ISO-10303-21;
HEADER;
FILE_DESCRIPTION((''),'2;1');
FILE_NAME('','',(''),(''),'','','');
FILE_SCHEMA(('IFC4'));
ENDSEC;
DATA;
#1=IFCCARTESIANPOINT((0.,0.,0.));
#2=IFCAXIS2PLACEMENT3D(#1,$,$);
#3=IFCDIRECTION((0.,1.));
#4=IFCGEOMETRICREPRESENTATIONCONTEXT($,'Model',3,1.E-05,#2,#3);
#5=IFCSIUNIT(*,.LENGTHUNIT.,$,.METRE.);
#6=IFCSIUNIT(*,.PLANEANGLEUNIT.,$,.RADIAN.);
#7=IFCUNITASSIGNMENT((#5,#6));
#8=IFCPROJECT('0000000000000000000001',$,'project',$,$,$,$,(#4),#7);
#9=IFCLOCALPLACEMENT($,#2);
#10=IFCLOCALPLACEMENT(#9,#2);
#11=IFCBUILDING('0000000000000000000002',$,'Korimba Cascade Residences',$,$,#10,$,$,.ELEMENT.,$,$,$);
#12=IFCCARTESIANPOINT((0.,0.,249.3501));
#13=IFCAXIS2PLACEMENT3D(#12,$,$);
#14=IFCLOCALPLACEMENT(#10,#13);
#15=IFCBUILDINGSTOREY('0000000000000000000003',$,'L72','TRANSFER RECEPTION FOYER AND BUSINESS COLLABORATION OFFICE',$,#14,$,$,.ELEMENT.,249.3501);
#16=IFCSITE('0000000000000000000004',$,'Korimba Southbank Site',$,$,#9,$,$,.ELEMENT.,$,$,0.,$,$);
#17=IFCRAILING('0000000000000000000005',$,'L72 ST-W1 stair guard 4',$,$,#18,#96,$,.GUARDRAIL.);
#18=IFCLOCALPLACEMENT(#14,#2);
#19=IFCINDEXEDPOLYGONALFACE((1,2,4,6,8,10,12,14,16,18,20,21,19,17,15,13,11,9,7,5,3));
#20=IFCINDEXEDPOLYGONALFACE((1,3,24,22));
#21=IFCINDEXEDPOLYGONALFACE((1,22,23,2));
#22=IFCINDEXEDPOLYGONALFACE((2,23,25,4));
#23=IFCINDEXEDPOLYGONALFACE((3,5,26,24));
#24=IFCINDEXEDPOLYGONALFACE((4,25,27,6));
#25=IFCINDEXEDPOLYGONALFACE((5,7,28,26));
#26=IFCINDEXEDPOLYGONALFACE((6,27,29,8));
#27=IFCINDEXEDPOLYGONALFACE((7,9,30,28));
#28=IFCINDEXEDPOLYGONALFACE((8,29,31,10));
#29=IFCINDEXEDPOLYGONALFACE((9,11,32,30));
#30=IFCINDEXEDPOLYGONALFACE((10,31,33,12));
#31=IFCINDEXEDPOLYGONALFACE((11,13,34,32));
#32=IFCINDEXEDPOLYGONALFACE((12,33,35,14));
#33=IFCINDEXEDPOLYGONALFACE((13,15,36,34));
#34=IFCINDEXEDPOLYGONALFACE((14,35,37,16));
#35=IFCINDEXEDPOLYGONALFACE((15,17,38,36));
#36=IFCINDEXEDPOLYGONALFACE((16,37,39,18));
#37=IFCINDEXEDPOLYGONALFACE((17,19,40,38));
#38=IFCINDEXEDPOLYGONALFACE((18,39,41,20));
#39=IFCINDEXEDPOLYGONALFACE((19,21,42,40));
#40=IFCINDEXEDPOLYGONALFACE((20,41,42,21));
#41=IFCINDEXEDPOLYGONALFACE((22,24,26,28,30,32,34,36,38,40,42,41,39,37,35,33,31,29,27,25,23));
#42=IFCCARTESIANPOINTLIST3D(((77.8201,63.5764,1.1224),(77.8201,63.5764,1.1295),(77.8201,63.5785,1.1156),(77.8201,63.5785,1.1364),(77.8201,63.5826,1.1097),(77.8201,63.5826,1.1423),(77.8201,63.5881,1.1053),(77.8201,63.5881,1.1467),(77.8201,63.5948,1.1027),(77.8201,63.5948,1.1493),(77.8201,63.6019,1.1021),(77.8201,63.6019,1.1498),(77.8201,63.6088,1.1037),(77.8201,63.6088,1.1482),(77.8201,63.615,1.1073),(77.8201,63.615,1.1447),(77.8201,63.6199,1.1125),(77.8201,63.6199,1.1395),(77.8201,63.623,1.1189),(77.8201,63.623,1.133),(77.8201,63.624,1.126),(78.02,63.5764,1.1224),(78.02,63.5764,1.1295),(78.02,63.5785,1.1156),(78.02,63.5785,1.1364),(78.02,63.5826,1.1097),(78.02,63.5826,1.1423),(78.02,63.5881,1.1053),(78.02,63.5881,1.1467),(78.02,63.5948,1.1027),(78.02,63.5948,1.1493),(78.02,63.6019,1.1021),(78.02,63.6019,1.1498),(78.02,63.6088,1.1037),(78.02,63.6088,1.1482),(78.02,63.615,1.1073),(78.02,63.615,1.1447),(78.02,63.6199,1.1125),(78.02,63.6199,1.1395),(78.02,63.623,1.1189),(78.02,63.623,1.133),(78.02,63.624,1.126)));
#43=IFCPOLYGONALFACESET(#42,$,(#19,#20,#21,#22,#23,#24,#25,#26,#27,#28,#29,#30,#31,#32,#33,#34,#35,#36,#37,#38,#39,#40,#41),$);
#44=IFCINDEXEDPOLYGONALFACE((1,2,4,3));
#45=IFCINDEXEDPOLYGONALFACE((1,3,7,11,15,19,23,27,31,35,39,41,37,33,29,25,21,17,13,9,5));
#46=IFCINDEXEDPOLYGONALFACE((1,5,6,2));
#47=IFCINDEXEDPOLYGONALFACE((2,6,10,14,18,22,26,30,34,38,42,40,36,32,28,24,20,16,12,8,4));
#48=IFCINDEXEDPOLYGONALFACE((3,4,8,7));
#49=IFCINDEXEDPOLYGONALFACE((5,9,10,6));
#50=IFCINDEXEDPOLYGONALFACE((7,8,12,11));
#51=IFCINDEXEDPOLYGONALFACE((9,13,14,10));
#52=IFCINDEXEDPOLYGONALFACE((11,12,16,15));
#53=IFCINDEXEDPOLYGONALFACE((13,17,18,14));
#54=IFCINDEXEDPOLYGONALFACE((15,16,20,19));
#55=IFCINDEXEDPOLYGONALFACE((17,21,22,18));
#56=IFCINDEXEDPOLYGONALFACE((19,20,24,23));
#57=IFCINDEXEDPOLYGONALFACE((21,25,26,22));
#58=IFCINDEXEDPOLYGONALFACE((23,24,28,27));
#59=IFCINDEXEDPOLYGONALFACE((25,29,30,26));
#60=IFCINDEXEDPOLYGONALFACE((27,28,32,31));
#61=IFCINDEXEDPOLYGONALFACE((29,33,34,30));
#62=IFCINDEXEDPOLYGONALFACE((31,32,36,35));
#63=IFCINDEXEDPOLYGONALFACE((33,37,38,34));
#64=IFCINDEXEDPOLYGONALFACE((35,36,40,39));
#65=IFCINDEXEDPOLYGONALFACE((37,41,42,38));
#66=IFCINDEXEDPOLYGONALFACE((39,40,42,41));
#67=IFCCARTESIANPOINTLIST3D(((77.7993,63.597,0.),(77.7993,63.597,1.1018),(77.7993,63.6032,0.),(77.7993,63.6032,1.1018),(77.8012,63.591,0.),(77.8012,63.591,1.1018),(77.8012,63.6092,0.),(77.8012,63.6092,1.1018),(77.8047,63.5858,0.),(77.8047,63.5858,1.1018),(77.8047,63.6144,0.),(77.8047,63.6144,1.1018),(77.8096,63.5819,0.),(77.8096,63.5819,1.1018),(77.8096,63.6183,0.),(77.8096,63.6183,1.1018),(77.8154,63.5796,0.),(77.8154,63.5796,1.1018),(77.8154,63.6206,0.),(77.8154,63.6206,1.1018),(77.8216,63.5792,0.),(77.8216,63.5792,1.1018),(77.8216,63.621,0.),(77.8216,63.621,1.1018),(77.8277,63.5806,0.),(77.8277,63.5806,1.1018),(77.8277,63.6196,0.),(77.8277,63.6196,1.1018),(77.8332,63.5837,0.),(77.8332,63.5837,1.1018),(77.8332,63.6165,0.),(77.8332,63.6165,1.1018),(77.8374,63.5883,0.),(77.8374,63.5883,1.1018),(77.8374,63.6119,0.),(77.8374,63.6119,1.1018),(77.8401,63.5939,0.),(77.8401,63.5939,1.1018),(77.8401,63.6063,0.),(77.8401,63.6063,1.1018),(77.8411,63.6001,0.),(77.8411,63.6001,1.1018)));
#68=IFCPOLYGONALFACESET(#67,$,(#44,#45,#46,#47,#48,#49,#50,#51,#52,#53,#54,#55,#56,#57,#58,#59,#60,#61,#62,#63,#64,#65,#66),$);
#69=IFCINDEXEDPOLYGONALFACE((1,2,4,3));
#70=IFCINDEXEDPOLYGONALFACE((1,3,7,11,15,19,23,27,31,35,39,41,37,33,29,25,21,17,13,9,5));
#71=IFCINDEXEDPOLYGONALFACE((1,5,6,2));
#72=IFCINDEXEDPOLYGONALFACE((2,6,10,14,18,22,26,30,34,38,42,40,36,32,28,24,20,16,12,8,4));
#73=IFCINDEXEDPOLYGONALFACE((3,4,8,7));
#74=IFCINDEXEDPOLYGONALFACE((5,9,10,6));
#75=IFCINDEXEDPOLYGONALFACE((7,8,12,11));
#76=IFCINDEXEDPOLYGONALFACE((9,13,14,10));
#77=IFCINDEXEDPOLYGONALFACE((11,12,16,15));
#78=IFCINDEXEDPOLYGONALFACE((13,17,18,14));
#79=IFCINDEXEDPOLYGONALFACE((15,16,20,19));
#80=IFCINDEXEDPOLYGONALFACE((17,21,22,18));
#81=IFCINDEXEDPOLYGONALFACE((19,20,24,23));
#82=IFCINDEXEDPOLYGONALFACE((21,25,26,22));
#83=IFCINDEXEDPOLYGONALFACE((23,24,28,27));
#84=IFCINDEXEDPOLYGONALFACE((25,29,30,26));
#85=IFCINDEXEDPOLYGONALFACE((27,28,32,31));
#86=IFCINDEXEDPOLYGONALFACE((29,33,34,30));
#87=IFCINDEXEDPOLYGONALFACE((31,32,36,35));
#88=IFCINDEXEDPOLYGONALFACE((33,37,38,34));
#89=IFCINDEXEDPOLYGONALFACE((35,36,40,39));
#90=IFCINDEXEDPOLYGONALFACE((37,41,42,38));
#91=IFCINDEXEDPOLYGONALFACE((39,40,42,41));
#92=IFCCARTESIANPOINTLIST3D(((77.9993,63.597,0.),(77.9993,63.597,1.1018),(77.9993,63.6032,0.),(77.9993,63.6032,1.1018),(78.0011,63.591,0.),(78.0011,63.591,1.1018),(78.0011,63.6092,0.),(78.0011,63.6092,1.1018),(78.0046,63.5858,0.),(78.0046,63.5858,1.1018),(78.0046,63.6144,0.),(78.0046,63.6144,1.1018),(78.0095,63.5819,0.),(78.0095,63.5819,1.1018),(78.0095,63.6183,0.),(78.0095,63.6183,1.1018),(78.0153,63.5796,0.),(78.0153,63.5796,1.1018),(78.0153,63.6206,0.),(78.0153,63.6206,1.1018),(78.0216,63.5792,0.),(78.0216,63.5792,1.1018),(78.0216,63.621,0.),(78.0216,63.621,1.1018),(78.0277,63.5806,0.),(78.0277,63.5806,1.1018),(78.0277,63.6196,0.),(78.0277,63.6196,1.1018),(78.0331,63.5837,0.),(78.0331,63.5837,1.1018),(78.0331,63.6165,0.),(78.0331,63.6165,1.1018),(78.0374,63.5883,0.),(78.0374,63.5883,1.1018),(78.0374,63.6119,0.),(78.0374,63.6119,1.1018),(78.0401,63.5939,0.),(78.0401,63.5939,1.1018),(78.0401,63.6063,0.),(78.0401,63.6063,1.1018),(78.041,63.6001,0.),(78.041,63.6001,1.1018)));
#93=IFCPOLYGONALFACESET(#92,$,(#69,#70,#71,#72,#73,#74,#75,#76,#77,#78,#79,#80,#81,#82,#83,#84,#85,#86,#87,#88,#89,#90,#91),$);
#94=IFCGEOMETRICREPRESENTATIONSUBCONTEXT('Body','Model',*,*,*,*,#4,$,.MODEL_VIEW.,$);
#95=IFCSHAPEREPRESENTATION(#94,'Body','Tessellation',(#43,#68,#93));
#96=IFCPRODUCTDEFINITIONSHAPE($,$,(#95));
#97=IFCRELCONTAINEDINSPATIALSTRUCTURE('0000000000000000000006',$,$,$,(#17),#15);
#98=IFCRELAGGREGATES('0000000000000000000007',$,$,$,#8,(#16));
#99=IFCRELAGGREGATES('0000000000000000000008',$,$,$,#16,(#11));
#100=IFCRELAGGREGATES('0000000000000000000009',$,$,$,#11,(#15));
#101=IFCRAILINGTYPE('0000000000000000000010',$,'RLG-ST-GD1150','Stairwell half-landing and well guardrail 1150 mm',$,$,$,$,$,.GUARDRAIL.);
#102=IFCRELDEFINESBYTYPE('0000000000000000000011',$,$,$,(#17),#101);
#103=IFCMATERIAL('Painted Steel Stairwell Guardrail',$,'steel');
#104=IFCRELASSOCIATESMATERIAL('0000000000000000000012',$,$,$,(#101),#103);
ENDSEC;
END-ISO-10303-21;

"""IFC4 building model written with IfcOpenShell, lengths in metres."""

from ifc_helpers import new_model, si_unit, direction, frame, origin, origin_2d, place, context, subcontext, project, spatial, circle, extrude, material, type_object, element, save


model = new_model("IFC4")

# Units and contexts
model_context = context("Model", 3, precision=1e-05, world=origin(), true_north=direction((0.0, 1.0)))
body_context = subcontext(model_context, "Body", "Model", "MODEL_VIEW")
ifc_project = project(units=[si_unit("LENGTHUNIT", "METRE"), si_unit("PLANEANGLEUNIT", "RADIAN")], contexts=[model_context])

# Site, building, storey
site_placement = place(None, origin())
site = spatial("IfcSite", under=ifc_project, at=site_placement, Name="Korimba Southbank Site", CompositionType="ELEMENT", RefElevation=0.0)
building_placement = place(site_placement, origin())
building = spatial("IfcBuilding", under=site, at=building_placement, Name="Korimba Cascade Residences", CompositionType="ELEMENT")
storey_placement = place(building_placement, frame((0.0, 0.0, 249.3501)))
storey = spatial("IfcBuildingStorey", under=building, at=storey_placement, Name="L72", Description="TRANSFER RECEPTION FOYER AND BUSINESS COLLABORATION OFFICE", CompositionType="ELEMENT", Elevation=249.3501)

# Railing
ifc_material_1 = material(Name="Painted Steel Stairwell Guardrail", Category="steel")
railing_type_1 = type_object("IfcRailingType", Name="RLG-ST-GD1150", Description="Stairwell half-landing and well guardrail 1150 mm", PredefinedType="GUARDRAIL", material=ifc_material_1)
railing_1_placement = place(storey_placement, frame((77.8201, 63.6001, 0.0)))
element("IfcRailing", 1, at=railing_1_placement, inside=storey, type_object=railing_type_1, Name="L72 ST-W1 stair guard 4", PredefinedType="GUARDRAIL", context=body_context, shape_type="SweptSolid", body=[
    extrude(circle(Radius=0.0239, at=origin_2d()), frame((0.0, 0.0, 1.126), z_axis=(1.0, 0.0, 0.0), x_axis=(0.0, 1.0, 0.0)), (0.0, 0.0, 1.0), 0.2),
    extrude(circle(Radius=0.021, at=origin_2d()), origin(), (0.0, 0.0, 1.0), 1.1018),
    extrude(circle(Radius=0.021, at=origin_2d()), frame((0.2, 0.0, 0.0)), (0.0, 0.0, 1.0), 1.1018),
])

save(model, "model.ifc")
